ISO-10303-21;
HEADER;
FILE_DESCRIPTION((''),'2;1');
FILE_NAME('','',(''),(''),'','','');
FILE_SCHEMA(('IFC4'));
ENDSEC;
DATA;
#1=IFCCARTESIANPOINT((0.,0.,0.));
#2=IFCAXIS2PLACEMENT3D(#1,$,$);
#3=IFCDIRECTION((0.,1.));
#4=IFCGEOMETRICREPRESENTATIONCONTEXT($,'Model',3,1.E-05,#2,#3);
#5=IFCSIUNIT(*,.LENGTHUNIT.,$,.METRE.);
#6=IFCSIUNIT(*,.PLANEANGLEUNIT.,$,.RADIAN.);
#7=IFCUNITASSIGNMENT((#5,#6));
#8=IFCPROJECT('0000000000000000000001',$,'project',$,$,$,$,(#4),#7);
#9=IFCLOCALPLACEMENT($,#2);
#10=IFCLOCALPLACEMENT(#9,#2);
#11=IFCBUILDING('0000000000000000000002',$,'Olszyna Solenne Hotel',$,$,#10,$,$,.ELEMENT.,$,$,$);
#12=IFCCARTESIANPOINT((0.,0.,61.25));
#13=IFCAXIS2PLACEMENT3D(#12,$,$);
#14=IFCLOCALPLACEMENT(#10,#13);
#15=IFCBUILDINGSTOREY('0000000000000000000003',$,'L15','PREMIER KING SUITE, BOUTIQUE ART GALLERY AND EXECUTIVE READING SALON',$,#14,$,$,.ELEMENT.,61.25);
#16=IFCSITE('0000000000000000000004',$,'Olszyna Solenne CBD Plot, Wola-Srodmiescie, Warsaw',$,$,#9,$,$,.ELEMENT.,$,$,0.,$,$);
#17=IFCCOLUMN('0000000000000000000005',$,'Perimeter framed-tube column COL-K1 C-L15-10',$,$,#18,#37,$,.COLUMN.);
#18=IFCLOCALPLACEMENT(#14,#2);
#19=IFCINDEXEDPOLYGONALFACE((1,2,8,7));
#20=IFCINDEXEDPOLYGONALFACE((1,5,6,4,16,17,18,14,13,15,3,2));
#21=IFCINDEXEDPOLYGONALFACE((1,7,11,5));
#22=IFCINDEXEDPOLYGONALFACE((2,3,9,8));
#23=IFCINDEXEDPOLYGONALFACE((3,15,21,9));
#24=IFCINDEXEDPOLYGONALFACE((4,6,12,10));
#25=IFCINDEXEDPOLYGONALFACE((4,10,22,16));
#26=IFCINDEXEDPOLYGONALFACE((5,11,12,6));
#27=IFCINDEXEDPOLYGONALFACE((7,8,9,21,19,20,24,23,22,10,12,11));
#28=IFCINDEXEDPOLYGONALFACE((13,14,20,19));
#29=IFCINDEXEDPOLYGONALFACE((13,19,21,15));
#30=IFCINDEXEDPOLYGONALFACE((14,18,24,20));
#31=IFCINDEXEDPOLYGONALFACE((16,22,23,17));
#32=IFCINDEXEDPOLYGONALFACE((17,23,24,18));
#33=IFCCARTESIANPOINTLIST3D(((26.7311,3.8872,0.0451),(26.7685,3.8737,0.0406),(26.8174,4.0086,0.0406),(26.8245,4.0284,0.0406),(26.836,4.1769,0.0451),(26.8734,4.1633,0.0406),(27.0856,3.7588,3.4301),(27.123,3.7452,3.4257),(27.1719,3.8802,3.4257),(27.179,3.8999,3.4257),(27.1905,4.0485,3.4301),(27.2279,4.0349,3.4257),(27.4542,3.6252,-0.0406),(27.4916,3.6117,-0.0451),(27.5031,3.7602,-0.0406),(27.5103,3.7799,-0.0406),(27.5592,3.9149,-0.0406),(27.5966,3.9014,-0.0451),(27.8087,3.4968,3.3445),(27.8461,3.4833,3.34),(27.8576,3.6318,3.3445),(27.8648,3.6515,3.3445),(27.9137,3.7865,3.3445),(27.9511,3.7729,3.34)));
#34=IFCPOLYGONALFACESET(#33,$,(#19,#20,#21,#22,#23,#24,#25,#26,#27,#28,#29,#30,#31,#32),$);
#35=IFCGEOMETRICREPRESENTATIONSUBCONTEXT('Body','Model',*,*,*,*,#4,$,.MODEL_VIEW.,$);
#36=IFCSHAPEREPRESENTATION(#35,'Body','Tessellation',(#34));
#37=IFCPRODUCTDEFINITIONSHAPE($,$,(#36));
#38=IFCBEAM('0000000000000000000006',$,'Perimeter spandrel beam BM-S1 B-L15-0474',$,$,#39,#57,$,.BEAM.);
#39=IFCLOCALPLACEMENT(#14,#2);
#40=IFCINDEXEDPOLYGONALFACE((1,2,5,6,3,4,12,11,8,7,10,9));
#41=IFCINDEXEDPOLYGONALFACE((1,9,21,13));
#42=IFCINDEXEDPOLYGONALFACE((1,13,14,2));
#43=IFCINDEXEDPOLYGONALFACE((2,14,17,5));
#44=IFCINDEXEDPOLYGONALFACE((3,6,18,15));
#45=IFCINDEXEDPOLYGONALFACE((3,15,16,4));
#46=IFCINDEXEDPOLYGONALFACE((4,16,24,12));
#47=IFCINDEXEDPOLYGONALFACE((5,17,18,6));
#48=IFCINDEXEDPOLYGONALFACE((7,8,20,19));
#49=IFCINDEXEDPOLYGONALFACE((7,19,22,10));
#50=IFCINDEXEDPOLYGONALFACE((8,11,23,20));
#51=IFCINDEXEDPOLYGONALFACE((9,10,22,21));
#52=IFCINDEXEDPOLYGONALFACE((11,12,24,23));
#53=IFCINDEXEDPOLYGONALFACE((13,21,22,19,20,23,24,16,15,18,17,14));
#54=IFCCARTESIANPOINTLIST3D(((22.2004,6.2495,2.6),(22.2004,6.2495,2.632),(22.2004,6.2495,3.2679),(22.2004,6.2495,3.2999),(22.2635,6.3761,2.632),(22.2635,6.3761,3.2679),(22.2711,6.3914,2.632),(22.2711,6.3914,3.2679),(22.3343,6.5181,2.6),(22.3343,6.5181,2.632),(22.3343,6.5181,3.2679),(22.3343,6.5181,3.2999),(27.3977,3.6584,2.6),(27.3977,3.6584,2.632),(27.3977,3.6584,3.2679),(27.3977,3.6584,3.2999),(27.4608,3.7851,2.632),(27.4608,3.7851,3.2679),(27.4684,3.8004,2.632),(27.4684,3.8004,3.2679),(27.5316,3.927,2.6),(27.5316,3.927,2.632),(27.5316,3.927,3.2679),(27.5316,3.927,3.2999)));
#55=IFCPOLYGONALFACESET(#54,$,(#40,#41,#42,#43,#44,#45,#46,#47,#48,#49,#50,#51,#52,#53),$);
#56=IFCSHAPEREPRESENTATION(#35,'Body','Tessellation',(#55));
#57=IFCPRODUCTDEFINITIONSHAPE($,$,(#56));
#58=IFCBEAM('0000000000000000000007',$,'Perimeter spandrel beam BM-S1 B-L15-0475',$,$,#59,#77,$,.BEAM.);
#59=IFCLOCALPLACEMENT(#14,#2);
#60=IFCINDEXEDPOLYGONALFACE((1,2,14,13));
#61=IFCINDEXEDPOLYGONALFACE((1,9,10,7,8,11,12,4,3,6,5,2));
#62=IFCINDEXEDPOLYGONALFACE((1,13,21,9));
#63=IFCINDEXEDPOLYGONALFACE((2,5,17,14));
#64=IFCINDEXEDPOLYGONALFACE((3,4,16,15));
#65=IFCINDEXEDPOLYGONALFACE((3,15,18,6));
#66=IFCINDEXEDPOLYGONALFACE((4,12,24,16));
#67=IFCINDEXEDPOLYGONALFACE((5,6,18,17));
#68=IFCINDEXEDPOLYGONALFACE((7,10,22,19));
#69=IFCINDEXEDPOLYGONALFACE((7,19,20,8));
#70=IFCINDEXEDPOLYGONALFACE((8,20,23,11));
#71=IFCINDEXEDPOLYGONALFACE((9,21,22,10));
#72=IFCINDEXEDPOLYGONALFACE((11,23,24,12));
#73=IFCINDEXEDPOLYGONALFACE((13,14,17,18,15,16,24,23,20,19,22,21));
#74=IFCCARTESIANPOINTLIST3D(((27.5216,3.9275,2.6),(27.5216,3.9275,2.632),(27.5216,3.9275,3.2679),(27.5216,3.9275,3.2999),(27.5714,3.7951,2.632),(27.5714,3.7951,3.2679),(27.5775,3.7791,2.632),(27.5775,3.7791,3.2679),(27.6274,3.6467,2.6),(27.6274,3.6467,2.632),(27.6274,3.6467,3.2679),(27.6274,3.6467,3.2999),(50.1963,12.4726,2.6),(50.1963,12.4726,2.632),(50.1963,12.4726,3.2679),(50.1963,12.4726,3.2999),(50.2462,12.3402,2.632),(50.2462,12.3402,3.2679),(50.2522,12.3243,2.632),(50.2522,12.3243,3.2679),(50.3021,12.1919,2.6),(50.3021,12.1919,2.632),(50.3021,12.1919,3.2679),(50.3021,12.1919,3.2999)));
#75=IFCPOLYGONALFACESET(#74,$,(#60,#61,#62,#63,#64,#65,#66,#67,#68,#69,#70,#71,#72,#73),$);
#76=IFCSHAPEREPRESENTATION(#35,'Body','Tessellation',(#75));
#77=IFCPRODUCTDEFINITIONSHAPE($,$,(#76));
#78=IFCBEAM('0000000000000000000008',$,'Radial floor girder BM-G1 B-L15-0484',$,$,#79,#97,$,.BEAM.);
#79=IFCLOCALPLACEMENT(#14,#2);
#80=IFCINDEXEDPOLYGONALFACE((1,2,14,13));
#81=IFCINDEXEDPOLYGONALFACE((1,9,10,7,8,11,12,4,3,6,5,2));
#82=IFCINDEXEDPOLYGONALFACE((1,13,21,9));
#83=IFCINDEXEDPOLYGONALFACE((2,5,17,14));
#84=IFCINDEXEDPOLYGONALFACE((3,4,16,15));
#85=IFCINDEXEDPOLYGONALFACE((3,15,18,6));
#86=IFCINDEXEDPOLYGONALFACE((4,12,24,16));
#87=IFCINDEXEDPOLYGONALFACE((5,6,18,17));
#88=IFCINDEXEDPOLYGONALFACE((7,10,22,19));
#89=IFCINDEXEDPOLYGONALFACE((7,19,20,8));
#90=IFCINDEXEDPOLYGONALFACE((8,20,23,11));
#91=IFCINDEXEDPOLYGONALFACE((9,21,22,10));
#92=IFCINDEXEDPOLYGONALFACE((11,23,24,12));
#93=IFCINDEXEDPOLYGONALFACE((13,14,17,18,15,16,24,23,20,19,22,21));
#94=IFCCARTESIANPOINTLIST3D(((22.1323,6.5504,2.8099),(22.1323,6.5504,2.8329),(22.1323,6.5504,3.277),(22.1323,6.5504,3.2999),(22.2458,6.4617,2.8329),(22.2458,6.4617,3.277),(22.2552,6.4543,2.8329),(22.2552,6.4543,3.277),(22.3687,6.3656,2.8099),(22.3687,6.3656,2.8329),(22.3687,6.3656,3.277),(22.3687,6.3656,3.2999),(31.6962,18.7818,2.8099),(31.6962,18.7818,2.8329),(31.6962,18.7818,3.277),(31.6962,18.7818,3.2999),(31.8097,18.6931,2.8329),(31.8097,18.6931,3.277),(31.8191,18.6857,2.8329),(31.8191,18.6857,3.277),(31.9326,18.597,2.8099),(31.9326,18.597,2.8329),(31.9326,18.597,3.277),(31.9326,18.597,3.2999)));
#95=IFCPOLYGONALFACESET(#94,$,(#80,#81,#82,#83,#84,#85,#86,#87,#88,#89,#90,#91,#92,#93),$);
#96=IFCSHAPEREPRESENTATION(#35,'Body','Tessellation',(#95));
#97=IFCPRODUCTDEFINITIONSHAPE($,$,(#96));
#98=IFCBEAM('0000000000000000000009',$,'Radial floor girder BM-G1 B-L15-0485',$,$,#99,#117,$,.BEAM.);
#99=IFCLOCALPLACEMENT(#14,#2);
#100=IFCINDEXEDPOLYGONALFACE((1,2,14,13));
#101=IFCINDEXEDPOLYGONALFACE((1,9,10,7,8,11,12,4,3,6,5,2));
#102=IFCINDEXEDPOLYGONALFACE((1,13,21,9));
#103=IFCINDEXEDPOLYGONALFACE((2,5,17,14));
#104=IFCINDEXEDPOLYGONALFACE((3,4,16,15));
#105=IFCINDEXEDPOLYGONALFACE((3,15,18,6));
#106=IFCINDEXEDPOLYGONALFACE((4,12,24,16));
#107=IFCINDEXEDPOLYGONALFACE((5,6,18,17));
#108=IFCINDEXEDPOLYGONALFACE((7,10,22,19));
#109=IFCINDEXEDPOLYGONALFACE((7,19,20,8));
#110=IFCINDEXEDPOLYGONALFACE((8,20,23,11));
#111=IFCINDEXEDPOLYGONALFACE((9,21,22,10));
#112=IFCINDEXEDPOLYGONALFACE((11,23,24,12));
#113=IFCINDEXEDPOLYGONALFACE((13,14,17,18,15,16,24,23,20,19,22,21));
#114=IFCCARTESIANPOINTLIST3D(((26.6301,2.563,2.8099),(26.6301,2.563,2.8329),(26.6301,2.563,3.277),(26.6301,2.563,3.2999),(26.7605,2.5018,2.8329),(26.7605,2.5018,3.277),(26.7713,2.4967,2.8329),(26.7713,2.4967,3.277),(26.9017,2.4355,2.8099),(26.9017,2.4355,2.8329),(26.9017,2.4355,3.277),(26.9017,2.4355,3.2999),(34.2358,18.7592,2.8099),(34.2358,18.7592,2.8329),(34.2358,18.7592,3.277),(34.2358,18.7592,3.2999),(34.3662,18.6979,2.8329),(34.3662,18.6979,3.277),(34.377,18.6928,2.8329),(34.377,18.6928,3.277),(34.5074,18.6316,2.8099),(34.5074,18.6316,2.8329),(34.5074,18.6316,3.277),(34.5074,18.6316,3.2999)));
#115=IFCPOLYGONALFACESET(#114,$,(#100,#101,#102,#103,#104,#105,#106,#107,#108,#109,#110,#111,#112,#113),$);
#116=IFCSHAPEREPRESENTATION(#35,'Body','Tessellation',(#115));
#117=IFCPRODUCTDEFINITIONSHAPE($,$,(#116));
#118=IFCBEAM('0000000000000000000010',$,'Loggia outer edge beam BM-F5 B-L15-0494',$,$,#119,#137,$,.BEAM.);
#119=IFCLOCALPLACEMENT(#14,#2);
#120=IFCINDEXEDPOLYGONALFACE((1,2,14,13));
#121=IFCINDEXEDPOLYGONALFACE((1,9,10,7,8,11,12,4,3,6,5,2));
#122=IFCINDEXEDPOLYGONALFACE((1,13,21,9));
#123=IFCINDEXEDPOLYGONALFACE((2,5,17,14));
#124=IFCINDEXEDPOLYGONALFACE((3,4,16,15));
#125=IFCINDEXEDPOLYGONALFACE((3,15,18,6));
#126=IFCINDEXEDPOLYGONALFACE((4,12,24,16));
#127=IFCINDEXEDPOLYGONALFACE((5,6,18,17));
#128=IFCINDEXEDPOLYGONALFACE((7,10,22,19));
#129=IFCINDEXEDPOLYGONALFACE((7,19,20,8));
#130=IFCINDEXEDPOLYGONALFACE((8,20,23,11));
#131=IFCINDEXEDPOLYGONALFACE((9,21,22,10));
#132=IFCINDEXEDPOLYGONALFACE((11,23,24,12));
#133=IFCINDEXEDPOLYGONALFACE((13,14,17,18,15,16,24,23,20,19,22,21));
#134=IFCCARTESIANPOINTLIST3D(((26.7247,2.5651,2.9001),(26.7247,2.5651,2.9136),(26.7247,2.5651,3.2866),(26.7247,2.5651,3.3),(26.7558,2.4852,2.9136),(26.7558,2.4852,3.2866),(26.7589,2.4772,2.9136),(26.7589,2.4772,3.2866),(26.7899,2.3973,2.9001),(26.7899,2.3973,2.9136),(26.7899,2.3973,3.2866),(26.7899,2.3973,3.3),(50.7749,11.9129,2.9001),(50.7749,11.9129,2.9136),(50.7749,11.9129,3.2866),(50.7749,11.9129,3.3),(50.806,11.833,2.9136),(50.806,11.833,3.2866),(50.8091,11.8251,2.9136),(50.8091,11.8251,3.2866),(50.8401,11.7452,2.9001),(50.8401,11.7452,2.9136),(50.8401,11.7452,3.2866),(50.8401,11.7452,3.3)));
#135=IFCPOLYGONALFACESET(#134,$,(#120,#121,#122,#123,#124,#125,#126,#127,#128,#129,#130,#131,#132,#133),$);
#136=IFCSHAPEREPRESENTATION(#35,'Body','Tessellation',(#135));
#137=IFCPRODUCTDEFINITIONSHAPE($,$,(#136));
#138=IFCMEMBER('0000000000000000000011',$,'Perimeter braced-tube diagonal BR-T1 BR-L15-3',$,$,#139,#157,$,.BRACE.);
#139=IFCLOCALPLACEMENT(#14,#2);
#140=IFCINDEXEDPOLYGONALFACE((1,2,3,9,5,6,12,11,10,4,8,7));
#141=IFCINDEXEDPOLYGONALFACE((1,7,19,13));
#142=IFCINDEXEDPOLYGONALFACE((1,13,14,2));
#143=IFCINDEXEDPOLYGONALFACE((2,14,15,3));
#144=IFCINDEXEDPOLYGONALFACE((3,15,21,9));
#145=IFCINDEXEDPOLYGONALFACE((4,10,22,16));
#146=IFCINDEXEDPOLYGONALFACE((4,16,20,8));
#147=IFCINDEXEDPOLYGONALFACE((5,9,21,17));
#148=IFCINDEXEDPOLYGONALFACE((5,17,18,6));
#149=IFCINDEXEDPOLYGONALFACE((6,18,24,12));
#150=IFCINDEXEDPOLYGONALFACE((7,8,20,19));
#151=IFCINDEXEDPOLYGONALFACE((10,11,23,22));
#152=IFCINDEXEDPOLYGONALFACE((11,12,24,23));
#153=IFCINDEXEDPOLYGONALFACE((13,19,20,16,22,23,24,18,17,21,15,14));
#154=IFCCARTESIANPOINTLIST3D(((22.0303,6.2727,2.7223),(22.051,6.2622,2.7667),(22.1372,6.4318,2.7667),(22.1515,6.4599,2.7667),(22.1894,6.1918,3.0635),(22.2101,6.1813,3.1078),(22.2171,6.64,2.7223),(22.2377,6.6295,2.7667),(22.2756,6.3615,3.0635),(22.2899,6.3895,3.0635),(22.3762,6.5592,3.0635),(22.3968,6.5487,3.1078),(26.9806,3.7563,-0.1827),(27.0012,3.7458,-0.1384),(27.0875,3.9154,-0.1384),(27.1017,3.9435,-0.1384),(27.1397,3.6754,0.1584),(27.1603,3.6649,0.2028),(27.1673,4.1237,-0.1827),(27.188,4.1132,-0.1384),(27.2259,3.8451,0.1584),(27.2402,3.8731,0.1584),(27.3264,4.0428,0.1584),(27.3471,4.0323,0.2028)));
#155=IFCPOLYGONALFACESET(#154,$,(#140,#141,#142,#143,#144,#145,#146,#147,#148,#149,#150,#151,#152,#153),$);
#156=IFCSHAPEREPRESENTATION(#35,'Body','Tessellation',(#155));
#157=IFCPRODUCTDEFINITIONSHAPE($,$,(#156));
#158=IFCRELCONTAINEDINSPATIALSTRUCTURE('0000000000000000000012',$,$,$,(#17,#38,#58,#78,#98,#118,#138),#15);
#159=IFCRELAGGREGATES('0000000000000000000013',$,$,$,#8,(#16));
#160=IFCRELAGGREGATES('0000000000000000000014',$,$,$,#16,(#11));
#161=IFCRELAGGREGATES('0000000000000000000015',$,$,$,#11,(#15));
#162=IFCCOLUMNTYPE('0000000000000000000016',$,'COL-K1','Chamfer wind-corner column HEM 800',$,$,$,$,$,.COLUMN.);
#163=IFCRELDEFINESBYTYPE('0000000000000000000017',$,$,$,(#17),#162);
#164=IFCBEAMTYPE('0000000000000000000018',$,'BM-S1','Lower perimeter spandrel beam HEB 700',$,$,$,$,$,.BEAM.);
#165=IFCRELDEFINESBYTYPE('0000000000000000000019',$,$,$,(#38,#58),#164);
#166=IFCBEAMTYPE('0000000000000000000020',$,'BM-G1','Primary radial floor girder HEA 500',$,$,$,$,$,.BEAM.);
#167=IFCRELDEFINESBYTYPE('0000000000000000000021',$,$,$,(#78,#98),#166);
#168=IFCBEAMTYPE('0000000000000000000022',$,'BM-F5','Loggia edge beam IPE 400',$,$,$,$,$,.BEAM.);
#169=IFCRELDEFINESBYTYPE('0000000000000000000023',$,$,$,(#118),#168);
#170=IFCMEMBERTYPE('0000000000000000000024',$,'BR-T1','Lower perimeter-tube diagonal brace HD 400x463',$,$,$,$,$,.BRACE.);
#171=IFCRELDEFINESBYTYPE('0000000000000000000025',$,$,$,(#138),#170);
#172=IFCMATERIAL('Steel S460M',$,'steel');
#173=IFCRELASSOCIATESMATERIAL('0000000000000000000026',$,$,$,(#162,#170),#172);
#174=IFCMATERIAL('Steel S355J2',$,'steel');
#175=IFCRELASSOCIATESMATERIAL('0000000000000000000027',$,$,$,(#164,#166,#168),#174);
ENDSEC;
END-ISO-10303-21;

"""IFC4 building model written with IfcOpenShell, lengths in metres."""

from ifc_helpers import new_model, si_unit, direction, frame, origin, origin_2d, place, context, subcontext, project, spatial, i_section, extrude, source, transform, mapped, material, material_profile, profile_set, type_object, element, save


model = new_model("IFC4")

# Units and contexts
model_context = context("Model", 3, precision=1e-05, world=origin(), true_north=direction((0.0, 1.0)))
body_context = subcontext(model_context, "Body", "Model", "MODEL_VIEW")
ifc_project = project(units=[si_unit("LENGTHUNIT", "METRE"), si_unit("PLANEANGLEUNIT", "RADIAN")], contexts=[model_context])

# Site, building, storey
site_placement = place(None, origin())
site = spatial("IfcSite", under=ifc_project, at=site_placement, Name="Olszyna Solenne CBD Plot, Wola-Srodmiescie, Warsaw", CompositionType="ELEMENT", RefElevation=0.0)
building_placement = place(site_placement, origin())
building = spatial("IfcBuilding", under=site, at=building_placement, Name="Olszyna Solenne Hotel", CompositionType="ELEMENT")
storey_placement = place(building_placement, frame((0.0, 0.0, 61.25)))
storey = spatial("IfcBuildingStorey", under=building, at=storey_placement, Name="L15", Description="PREMIER KING SUITE, BOUTIQUE ART GALLERY AND EXECUTIVE READING SALON", CompositionType="ELEMENT", Elevation=61.25)

# Column
ifc_material_1 = material(Name="Steel S460M", Category="steel")
ifc_material_profile_1 = material_profile(ifc_material_1, i_section(OverallWidth=0.3081, OverallDepth=0.814, WebThickness=0.021, FlangeThickness=0.04, at=origin_2d()), Name="HEM 800", Category="load-bearing")
ifc_profile_set_1 = profile_set([ifc_material_profile_1], Name="Steel S460M")
column_type = type_object("IfcColumnType", Name="COL-K1", Description="Chamfer wind-corner column HEM 800", PredefinedType="COLUMN", material=ifc_profile_set_1)
shared_shape_1 = source(origin(), body_context, "Body", "SweptSolid", [
    extrude(i_section(OverallWidth=0.3081, OverallDepth=0.814, WebThickness=0.021, FlangeThickness=0.04, at=origin_2d()), origin(), (0.0, 0.0, 1.0), 3.406),
])
column_placement = place(storey_placement, frame((27.1638, 3.8943, 0.0), z_axis=(0.10408, -0.037704, 0.993854), x_axis=(0.340599, 0.940209, 0.0)))
element("IfcColumn", 1, at=column_placement, inside=storey, type_object=column_type, Name="Perimeter framed-tube column COL-K1 C-L15-10", PredefinedType="COLUMN", context=body_context, shape_type="MappedRepresentation", body=[
    mapped(shared_shape_1, transform((0.0, 0.0, 0.0), x_axis=(1.0, 0.0, 0.0), y_axis=(0.0, 1.0, 0.0), z_axis=(0.0, 0.0, 1.0), scale=1.0)),
])

# Beams
ifc_material_2 = material(Name="Steel S355J2", Category="steel")
ifc_material_profile_2 = material_profile(ifc_material_2, i_section(OverallWidth=0.3, OverallDepth=0.7, WebThickness=0.0171, FlangeThickness=0.032, at=origin_2d()), Name="HEB 700", Category="load-bearing")
ifc_profile_set_2 = profile_set([ifc_material_profile_2], Name="Steel S355J2")
beam_type_1 = type_object("IfcBeamType", Name="BM-S1", Description="Lower perimeter spandrel beam HEB 700", PredefinedType="BEAM", material=ifc_profile_set_2)
shared_shape_2 = source(origin(), body_context, "Body", "SweptSolid", [
    extrude(i_section(OverallWidth=0.3, OverallDepth=0.7, WebThickness=0.0171, FlangeThickness=0.032, at=origin_2d()), origin(), (0.0, 0.0, 1.0), 5.8074),
])
beam_1_placement = place(storey_placement, frame((22.2673, 6.3838, 2.95), z_axis=(0.894948, -0.446171, 0.0), x_axis=(0.446171, 0.894948, 0.0)))
element("IfcBeam", 2, at=beam_1_placement, inside=storey, type_object=beam_type_1, Name="Perimeter spandrel beam BM-S1 B-L15-0474", PredefinedType="BEAM", context=body_context, shape_type="MappedRepresentation", body=[
    mapped(shared_shape_2, transform((0.0, 0.0, 0.0), x_axis=(1.0, 0.0, 0.0), y_axis=(0.0, 1.0, 0.0), z_axis=(0.0, 0.0, 1.0), scale=1.0)),
])
shared_shape_3 = source(origin(), body_context, "Body", "SweptSolid", [
    extrude(i_section(OverallWidth=0.3, OverallDepth=0.7, WebThickness=0.0171, FlangeThickness=0.032, at=origin_2d()), origin(), (0.0, 0.0, 1.0), 24.2314),
])
beam_2_placement = place(storey_placement, frame((27.5745, 3.7871, 2.95), z_axis=(0.935757, 0.352647, 0.0), x_axis=(-0.352647, 0.935757, 0.0)))
element("IfcBeam", 3, at=beam_2_placement, inside=storey, type_object=beam_type_1, Name="Perimeter spandrel beam BM-S1 B-L15-0475", PredefinedType="BEAM", context=body_context, shape_type="MappedRepresentation", body=[
    mapped(shared_shape_3, transform((0.0, 0.0, 0.0), x_axis=(1.0, 0.0, 0.0), y_axis=(0.0, 1.0, 0.0), z_axis=(0.0, 0.0, 1.0), scale=1.0)),
])
ifc_material_profile_3 = material_profile(ifc_material_2, i_section(OverallWidth=0.3, OverallDepth=0.49, WebThickness=0.012, FlangeThickness=0.0229, at=origin_2d()), Name="HEA 500", Category="load-bearing")
ifc_profile_set_3 = profile_set([ifc_material_profile_3], Name="Steel S355J2")
beam_type_2 = type_object("IfcBeamType", Name="BM-G1", Description="Primary radial floor girder HEA 500", PredefinedType="BEAM", material=ifc_profile_set_3)
shared_shape_4 = source(origin(), body_context, "Body", "SweptSolid", [
    extrude(i_section(OverallWidth=0.3, OverallDepth=0.49, WebThickness=0.012, FlangeThickness=0.0229, at=origin_2d()), origin(), (0.0, 0.0, 1.0), 15.5266),
])
beam_3_placement = place(storey_placement, frame((22.2505, 6.458, 3.0549), z_axis=(0.61597, 0.78777, 0.0), x_axis=(-0.78777, 0.61597, 0.0)))
element("IfcBeam", 4, at=beam_3_placement, inside=storey, type_object=beam_type_2, Name="Radial floor girder BM-G1 B-L15-0484", PredefinedType="BEAM", context=body_context, shape_type="MappedRepresentation", body=[
    mapped(shared_shape_4, transform((0.0, 0.0, 0.0), x_axis=(1.0, 0.0, 0.0), y_axis=(0.0, 1.0, 0.0), z_axis=(0.0, 0.0, 1.0), scale=1.0)),
])
shared_shape_5 = source(origin(), body_context, "Body", "SweptSolid", [
    extrude(i_section(OverallWidth=0.3, OverallDepth=0.49, WebThickness=0.012, FlangeThickness=0.0229, at=origin_2d()), origin(), (0.0, 0.0, 1.0), 17.8931),
])
beam_4_placement = place(storey_placement, frame((26.7659, 2.4993, 3.0549), z_axis=(0.425067, 0.905162, 0.0), x_axis=(-0.905162, 0.425067, 0.0)))
element("IfcBeam", 5, at=beam_4_placement, inside=storey, type_object=beam_type_2, Name="Radial floor girder BM-G1 B-L15-0485", PredefinedType="BEAM", context=body_context, shape_type="MappedRepresentation", body=[
    mapped(shared_shape_5, transform((0.0, 0.0, 0.0), x_axis=(1.0, 0.0, 0.0), y_axis=(0.0, 1.0, 0.0), z_axis=(0.0, 0.0, 1.0), scale=1.0)),
])
ifc_material_profile_4 = material_profile(ifc_material_2, i_section(OverallWidth=0.1799, OverallDepth=0.3999, WebThickness=0.0085, FlangeThickness=0.0134, at=origin_2d()), Name="IPE 400", Category="load-bearing")
ifc_profile_set_4 = profile_set([ifc_material_profile_4], Name="Steel S355J2")
beam_type_3 = type_object("IfcBeamType", Name="BM-F5", Description="Loggia edge beam IPE 400", PredefinedType="BEAM", material=ifc_profile_set_4)
shared_shape_6 = source(origin(), body_context, "Body", "SweptSolid", [
    extrude(i_section(OverallWidth=0.1799, OverallDepth=0.3999, WebThickness=0.0085, FlangeThickness=0.0134, at=origin_2d()), origin(), (0.0, 0.0, 1.0), 25.803),
])
beam_5_placement = place(storey_placement, frame((26.7573, 2.4812, 3.1001), z_axis=(0.93207, 0.362278, 0.0), x_axis=(-0.362278, 0.93207, 0.0)))
element("IfcBeam", 6, at=beam_5_placement, inside=storey, type_object=beam_type_3, Name="Loggia outer edge beam BM-F5 B-L15-0494", PredefinedType="BEAM", context=body_context, shape_type="MappedRepresentation", body=[
    mapped(shared_shape_6, transform((0.0, 0.0, 0.0), x_axis=(1.0, 0.0, 0.0), y_axis=(0.0, 1.0, 0.0), z_axis=(0.0, 0.0, 1.0), scale=1.0)),
])

# Member
ifc_material_profile_5 = material_profile(ifc_material_1, i_section(OverallWidth=0.4121, OverallDepth=0.4351, WebThickness=0.0315, FlangeThickness=0.05, at=origin_2d()), Name="HD 400x463", Category="load-bearing")
ifc_profile_set_5 = profile_set([ifc_material_profile_5], Name="Steel S460M")
member_type = type_object("IfcMemberType", Name="BR-T1", Description="Lower perimeter-tube diagonal brace HD 400x463", PredefinedType="BRACE", material=ifc_profile_set_5)
shared_shape_7 = source(origin(), body_context, "Body", "SweptSolid", [
    extrude(i_section(OverallWidth=0.4121, OverallDepth=0.4351, WebThickness=0.0315, FlangeThickness=0.05, at=origin_2d()), origin(), (0.0, 0.0, 1.0), 6.2671),
])
member_placement = place(storey_placement, frame((27.1638, 3.8943, 0.01), z_axis=(-0.789879, 0.401523, 0.463542), x_axis=(-0.453148, -0.891435, 0.0)))
element("IfcMember", 7, at=member_placement, inside=storey, type_object=member_type, Name="Perimeter braced-tube diagonal BR-T1 BR-L15-3", PredefinedType="BRACE", context=body_context, shape_type="MappedRepresentation", body=[
    mapped(shared_shape_7, transform((0.0, 0.0, 0.0), x_axis=(1.0, 0.0, 0.0), y_axis=(0.0, 1.0, 0.0), z_axis=(0.0, 0.0, 1.0), scale=1.0)),
])

save(model, "model.ifc")
